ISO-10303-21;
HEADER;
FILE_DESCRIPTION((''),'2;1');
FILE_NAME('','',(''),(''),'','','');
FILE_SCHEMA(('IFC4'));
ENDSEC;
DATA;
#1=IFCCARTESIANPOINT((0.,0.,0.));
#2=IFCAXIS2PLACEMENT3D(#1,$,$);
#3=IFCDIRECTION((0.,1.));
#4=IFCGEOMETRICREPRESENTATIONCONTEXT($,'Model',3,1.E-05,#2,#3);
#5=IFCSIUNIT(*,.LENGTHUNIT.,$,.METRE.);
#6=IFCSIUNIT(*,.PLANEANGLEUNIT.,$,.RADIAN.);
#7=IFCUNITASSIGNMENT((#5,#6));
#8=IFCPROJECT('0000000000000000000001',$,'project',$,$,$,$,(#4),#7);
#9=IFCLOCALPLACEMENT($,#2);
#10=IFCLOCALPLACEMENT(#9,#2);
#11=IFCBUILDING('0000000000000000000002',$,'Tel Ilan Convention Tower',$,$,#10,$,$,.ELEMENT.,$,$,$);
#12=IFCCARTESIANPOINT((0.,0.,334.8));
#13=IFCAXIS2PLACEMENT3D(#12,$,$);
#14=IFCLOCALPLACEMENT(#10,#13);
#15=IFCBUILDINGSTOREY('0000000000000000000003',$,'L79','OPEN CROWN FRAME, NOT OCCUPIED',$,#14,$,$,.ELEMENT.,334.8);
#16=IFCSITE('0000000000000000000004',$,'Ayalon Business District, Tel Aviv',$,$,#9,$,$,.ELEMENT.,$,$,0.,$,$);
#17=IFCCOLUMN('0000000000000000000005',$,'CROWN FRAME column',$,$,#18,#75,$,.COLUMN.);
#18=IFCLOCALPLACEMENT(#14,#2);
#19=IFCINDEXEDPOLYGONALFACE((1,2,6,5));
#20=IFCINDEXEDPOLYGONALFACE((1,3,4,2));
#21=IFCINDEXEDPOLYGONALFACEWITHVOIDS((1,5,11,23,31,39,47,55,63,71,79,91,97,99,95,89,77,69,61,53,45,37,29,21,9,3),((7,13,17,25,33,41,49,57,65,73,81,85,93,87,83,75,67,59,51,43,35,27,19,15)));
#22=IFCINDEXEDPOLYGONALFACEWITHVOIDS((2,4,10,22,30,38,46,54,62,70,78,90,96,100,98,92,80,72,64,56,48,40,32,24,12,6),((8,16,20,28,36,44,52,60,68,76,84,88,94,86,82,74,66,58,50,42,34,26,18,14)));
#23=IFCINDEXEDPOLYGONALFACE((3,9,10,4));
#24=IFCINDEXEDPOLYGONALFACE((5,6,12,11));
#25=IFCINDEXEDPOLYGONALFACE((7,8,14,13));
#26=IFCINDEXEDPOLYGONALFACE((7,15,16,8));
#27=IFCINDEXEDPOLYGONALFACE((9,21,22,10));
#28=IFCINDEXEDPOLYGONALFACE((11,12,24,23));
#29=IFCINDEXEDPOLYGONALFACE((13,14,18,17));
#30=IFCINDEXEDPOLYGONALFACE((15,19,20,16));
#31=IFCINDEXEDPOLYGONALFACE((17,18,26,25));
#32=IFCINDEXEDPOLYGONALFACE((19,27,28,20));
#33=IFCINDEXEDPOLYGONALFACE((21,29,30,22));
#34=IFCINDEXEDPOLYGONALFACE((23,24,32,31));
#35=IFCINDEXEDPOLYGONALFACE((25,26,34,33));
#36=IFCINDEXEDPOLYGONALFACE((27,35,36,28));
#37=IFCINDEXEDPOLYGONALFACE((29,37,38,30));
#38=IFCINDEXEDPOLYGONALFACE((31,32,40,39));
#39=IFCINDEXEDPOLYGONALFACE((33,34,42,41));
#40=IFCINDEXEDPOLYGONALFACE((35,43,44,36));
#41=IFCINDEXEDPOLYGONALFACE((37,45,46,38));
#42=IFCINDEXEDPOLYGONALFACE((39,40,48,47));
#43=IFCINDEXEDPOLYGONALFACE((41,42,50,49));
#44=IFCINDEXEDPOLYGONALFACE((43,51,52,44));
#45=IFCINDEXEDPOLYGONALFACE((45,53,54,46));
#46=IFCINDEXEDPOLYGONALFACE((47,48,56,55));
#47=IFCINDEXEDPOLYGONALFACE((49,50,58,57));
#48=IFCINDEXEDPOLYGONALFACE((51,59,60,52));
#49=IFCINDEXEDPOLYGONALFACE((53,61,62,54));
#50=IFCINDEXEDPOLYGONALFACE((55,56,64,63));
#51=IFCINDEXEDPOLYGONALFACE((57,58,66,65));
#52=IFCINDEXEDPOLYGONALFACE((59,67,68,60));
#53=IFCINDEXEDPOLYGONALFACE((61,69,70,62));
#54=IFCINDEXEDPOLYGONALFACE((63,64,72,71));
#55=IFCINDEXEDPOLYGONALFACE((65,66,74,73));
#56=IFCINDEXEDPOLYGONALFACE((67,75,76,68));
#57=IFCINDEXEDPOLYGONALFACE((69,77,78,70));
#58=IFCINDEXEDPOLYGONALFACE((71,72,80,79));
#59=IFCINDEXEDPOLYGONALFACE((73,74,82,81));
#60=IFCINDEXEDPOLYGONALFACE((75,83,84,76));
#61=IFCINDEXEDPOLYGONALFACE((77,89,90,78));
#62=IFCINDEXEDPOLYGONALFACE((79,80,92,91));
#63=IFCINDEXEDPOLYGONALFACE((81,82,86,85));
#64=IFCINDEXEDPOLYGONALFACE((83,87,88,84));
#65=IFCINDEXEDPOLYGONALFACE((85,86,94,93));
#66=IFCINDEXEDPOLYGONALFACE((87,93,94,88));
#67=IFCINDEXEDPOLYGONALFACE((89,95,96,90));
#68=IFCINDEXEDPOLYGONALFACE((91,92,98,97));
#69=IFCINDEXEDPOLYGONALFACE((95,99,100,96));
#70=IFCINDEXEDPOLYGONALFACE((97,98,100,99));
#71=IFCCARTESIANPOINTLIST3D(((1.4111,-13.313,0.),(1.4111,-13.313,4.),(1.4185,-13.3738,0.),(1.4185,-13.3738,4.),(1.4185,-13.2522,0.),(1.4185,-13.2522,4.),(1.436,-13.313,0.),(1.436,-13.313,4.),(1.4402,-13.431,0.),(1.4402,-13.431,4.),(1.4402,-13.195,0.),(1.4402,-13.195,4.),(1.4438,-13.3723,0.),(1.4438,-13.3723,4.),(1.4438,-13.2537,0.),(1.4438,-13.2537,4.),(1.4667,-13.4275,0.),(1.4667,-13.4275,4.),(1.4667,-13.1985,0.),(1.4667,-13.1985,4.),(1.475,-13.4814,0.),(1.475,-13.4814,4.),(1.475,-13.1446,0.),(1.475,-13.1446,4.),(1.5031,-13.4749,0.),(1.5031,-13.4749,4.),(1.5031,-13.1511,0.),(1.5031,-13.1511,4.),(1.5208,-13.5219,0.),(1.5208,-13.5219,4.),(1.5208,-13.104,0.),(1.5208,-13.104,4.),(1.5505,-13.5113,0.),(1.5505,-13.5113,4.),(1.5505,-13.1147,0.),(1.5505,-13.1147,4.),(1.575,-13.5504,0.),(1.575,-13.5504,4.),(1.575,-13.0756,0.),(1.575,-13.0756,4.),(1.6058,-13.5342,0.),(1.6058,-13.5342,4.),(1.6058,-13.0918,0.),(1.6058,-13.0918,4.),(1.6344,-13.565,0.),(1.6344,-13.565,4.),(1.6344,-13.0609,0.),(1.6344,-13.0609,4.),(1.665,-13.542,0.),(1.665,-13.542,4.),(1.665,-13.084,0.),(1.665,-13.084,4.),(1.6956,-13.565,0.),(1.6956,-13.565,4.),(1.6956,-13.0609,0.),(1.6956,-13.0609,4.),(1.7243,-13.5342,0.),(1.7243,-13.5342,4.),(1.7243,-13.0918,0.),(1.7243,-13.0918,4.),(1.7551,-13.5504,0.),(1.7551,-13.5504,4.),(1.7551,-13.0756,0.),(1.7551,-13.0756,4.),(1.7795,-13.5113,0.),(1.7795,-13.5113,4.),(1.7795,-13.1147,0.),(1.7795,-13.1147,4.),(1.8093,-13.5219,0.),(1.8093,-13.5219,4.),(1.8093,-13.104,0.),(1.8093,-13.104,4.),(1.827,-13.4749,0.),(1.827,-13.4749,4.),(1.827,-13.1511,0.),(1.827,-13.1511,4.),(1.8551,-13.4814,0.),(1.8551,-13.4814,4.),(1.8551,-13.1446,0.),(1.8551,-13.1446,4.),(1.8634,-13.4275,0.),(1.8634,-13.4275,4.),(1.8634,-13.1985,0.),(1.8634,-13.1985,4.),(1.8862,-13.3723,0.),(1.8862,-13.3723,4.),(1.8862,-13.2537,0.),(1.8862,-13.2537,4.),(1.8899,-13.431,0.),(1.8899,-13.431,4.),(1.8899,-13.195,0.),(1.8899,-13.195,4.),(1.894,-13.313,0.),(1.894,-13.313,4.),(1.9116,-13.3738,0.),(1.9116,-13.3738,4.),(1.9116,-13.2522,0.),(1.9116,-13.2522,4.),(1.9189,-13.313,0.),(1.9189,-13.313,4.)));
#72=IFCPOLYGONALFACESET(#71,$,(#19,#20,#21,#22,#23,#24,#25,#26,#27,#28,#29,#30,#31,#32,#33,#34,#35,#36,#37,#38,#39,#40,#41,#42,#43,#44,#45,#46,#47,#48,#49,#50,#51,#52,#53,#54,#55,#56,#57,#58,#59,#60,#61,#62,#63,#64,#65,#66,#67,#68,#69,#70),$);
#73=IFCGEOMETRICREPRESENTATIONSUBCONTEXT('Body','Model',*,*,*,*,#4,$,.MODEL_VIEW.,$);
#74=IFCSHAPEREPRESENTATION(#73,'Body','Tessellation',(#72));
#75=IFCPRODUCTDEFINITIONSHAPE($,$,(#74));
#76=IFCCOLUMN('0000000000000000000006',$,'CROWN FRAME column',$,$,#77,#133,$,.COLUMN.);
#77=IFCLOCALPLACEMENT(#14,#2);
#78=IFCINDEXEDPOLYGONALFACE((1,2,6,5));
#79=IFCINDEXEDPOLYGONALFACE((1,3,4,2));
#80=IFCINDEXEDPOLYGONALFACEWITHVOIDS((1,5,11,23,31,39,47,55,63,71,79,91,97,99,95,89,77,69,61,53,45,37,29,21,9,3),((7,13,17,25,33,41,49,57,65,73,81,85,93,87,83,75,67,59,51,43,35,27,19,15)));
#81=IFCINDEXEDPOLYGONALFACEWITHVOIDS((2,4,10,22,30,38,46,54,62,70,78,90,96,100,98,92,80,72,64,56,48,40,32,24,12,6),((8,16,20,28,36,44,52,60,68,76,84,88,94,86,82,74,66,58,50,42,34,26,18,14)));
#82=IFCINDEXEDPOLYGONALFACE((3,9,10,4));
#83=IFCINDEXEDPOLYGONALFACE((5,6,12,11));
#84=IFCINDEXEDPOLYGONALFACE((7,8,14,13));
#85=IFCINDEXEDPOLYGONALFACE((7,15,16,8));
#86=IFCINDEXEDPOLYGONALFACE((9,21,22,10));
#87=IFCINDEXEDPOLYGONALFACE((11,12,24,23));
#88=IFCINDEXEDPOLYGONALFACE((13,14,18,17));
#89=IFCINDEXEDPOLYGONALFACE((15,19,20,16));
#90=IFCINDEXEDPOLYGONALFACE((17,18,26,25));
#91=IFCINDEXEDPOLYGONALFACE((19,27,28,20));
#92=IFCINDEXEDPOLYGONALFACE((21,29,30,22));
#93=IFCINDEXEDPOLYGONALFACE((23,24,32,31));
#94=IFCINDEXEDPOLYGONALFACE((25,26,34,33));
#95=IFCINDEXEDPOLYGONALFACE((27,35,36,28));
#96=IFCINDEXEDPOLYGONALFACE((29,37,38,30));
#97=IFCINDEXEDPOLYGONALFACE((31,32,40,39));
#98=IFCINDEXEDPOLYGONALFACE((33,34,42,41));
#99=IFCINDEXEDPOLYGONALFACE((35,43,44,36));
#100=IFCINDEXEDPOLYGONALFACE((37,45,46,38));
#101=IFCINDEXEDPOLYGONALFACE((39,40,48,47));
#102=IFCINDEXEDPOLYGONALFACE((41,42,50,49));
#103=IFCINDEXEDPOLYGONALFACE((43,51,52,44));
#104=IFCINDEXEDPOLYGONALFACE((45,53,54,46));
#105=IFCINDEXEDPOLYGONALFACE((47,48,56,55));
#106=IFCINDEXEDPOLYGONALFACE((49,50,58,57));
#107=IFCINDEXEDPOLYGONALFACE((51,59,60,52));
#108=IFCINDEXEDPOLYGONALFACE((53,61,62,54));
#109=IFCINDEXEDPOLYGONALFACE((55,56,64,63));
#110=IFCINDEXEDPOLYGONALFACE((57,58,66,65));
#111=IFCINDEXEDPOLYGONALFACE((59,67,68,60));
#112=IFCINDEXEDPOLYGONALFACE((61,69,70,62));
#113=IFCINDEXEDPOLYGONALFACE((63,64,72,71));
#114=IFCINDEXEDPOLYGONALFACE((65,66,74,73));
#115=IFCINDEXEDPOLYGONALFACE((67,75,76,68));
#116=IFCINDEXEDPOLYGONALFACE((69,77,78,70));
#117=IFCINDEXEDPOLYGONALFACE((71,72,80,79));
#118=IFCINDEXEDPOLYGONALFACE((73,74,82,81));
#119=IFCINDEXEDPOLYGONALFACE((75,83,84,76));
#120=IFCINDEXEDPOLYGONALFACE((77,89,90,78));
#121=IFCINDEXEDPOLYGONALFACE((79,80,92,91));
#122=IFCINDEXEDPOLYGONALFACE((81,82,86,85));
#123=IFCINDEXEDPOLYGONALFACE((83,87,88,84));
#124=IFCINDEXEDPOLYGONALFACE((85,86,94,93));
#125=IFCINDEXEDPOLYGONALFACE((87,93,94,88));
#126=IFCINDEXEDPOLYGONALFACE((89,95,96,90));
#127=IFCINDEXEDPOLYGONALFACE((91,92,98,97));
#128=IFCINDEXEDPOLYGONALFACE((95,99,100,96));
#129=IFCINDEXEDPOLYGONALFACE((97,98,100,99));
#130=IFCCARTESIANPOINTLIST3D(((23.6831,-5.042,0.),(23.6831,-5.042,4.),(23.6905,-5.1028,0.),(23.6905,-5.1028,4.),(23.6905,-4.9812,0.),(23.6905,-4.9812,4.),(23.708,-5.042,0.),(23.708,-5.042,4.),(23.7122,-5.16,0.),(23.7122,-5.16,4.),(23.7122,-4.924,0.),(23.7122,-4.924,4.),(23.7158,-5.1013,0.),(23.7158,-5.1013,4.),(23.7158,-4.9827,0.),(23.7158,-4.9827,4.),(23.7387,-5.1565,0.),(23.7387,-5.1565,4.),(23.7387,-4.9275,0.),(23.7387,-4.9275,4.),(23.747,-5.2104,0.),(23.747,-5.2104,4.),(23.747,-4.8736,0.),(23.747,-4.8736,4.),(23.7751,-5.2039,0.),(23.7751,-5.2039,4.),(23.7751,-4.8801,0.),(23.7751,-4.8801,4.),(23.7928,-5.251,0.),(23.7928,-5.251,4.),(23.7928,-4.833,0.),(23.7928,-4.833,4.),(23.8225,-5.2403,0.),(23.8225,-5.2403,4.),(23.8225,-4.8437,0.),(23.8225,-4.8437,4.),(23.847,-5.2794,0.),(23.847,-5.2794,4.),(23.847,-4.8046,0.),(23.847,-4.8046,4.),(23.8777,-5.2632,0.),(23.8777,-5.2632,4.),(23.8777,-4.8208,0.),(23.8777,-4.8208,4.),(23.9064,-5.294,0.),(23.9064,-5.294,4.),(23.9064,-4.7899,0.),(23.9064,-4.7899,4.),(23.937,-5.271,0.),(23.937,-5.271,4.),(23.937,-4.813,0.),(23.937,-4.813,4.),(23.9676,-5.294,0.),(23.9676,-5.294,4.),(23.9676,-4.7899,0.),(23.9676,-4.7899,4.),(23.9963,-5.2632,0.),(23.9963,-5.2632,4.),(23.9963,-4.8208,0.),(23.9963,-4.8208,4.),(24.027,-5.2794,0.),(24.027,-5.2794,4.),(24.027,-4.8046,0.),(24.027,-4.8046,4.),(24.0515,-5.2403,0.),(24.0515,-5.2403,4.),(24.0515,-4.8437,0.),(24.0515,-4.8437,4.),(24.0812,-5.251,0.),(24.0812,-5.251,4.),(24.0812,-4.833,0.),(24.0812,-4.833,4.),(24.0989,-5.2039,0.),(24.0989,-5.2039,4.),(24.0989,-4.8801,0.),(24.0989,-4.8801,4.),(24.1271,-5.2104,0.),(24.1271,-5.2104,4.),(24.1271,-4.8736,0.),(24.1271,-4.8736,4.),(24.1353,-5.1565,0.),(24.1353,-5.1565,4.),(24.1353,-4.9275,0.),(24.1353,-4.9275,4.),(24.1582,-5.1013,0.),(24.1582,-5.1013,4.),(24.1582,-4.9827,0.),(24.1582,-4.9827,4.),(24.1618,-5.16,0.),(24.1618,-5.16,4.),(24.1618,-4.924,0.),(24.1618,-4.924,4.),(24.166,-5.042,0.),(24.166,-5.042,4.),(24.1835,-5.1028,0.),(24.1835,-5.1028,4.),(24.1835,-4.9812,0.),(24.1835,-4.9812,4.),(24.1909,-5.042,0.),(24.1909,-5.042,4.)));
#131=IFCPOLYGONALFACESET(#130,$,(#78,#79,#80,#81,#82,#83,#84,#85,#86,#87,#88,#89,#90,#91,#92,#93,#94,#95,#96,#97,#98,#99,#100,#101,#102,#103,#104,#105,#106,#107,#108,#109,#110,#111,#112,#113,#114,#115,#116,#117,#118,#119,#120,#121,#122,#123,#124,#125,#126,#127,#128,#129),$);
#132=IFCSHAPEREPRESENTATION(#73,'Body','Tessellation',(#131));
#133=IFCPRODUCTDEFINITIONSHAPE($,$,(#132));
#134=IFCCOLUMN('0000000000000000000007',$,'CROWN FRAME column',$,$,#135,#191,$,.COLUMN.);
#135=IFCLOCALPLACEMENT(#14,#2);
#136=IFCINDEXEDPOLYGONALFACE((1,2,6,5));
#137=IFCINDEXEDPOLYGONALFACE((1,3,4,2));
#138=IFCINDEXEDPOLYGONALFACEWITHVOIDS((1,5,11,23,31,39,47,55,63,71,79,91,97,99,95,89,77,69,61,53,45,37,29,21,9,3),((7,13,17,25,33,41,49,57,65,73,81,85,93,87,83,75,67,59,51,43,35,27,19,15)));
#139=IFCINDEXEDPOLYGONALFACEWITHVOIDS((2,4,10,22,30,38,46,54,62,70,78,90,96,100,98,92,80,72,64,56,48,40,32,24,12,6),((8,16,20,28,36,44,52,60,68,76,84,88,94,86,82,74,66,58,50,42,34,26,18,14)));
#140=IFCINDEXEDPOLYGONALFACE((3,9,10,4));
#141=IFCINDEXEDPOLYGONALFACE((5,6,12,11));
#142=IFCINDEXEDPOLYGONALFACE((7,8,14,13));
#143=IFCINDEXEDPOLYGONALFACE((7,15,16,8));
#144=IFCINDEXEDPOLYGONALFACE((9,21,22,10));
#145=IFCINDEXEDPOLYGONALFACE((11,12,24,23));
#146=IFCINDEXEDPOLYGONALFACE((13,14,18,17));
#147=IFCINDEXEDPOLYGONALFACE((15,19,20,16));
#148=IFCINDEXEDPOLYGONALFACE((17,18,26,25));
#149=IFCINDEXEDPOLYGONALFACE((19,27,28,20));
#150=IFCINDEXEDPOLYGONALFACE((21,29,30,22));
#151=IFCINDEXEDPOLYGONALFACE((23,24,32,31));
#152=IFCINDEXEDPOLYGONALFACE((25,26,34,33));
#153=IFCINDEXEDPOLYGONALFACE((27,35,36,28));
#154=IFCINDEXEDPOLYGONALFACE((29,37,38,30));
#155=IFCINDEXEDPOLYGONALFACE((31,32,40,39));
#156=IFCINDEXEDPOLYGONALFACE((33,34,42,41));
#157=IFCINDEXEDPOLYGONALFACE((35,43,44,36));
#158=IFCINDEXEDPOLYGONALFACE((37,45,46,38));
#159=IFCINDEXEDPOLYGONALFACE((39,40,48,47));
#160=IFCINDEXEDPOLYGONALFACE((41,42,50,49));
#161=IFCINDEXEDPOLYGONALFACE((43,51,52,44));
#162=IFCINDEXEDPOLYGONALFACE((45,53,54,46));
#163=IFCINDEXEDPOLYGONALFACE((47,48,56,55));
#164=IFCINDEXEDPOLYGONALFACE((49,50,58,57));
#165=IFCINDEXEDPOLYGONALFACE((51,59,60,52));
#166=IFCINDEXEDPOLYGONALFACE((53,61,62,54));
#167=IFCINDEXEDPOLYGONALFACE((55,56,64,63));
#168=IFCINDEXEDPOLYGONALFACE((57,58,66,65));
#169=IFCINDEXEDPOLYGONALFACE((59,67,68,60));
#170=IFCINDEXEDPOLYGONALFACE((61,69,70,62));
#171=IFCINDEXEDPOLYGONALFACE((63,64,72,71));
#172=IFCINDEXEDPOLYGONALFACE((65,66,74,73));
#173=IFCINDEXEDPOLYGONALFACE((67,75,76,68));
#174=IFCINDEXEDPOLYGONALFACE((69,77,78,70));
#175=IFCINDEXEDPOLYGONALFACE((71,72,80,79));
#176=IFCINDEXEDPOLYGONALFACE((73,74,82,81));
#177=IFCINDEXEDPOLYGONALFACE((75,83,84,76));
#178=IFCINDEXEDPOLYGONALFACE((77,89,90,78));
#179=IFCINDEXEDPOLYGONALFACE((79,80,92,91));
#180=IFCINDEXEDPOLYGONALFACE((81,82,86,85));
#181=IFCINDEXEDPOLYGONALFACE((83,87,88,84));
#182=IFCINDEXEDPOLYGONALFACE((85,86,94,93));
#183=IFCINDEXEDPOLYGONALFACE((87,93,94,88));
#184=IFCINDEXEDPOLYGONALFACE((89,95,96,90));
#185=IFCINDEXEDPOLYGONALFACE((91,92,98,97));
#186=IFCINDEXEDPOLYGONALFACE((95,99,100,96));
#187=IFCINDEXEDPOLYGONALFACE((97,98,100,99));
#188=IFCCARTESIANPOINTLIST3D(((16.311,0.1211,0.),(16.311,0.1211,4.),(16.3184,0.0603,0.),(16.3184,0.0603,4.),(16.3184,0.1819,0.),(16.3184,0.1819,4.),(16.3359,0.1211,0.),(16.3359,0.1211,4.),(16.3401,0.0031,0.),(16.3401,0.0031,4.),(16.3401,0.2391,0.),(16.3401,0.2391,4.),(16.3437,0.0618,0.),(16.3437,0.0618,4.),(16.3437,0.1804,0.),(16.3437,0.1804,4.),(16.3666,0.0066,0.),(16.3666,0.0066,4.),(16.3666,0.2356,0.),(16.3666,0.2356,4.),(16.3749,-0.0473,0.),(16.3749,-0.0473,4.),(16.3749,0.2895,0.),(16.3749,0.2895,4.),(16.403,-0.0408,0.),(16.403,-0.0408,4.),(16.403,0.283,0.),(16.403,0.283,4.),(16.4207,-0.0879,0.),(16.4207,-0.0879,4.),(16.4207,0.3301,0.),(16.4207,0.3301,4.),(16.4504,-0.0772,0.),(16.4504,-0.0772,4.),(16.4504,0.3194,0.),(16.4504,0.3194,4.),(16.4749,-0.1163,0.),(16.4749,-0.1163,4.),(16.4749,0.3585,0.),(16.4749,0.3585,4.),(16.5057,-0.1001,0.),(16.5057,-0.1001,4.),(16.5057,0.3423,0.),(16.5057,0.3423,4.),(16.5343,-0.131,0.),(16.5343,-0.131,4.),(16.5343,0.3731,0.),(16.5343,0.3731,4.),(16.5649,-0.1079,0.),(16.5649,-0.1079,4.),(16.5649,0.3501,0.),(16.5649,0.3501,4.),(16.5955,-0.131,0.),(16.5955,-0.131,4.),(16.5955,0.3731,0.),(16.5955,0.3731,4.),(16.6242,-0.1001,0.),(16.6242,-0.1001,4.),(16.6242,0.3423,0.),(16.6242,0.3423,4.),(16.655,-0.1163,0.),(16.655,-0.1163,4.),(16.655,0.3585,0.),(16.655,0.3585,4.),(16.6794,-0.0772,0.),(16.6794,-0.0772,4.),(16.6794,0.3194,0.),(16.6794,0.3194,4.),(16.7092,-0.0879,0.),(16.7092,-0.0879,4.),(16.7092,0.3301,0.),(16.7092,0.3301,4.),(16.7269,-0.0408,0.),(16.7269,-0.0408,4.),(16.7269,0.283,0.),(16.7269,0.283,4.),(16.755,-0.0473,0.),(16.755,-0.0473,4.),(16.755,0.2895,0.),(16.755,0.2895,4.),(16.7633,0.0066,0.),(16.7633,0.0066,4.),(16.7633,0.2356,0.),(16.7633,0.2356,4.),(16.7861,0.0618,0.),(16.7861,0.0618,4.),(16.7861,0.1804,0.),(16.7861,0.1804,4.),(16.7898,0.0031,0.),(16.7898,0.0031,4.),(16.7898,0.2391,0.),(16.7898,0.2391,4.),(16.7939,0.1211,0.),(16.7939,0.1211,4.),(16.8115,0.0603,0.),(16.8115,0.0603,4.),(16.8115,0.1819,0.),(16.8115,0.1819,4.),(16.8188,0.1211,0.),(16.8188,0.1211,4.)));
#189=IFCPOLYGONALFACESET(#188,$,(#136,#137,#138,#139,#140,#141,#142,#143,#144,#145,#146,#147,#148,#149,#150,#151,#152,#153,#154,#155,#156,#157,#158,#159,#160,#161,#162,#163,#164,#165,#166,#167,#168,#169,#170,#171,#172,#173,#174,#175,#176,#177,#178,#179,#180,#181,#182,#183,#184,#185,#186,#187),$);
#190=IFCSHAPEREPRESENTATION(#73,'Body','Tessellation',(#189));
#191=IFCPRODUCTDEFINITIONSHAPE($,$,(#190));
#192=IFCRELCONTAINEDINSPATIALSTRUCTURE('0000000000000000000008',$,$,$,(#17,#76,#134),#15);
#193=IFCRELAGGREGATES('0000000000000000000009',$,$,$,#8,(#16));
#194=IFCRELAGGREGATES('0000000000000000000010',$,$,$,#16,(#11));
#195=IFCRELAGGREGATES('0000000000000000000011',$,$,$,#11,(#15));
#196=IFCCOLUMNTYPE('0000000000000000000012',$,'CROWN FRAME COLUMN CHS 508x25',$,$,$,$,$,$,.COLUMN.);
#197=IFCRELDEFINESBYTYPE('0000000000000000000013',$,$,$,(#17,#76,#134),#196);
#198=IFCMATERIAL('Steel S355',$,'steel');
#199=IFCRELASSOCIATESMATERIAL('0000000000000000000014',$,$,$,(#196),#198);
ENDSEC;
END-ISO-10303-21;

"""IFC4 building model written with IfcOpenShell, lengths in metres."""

from ifc_helpers import new_model, si_unit, direction, frame, origin, origin_2d, place, context, subcontext, project, spatial, hollow_circle, extrude, material, material_profile, profile_set, type_object, element, save


model = new_model("IFC4")

# Units and contexts
model_context = context("Model", 3, precision=1e-05, world=origin(), true_north=direction((0.0, 1.0)))
body_context = subcontext(model_context, "Body", "Model", "MODEL_VIEW")
ifc_project = project(units=[si_unit("LENGTHUNIT", "METRE"), si_unit("PLANEANGLEUNIT", "RADIAN")], contexts=[model_context])

# Site, building, storey
site_placement = place(None, origin())
site = spatial("IfcSite", under=ifc_project, at=site_placement, Name="Ayalon Business District, Tel Aviv", CompositionType="ELEMENT", RefElevation=0.0)
building_placement = place(site_placement, origin())
building = spatial("IfcBuilding", under=site, at=building_placement, Name="Tel Ilan Convention Tower", CompositionType="ELEMENT")
storey_placement = place(building_placement, frame((0.0, 0.0, 334.8)))
storey = spatial("IfcBuildingStorey", under=building, at=storey_placement, Name="L79", Description="OPEN CROWN FRAME, NOT OCCUPIED", CompositionType="ELEMENT", Elevation=334.8)

# Columns
ifc_material_1 = material(Name="Steel S355", Category="steel")
ifc_material_profile_1 = material_profile(ifc_material_1, hollow_circle(Radius=0.2539, WallThickness=0.0249, at=origin_2d()), Name="CHS 508x25")
ifc_profile_set_1 = profile_set([ifc_material_profile_1], Name="Steel S355")
column_type_1 = type_object("IfcColumnType", Name="CROWN FRAME COLUMN CHS 508x25", PredefinedType="COLUMN", material=ifc_profile_set_1)
for number, where, z_axis, x_axis, name in (
    (1, (1.665, -13.313, 0.0), (0.0, 0.0, 1.0), (1.0, 0.0, 0.0), "CROWN FRAME column"),
    (2, (23.937, -5.042, 0.0), (0.0, 0.0, 1.0), (1.0, 0.0, 0.0), "CROWN FRAME column"),
    (3, (16.5649, 0.1211, 0.0), (0.0, 0.0, 1.0), (1.0, 0.0, 0.0), "CROWN FRAME column"),
):
    element("IfcColumn", number, at=place(storey_placement, frame(where, z_axis=z_axis, x_axis=x_axis)), inside=storey, type_object=column_type_1, Name=name, PredefinedType="COLUMN", context=body_context, shape_type="SweptSolid", body=[
        extrude(hollow_circle(Radius=0.2539, WallThickness=0.0249, at=origin_2d()), origin(), (0.0, 0.0, 1.0), 4.0),
    ])

save(model, "model.ifc")
